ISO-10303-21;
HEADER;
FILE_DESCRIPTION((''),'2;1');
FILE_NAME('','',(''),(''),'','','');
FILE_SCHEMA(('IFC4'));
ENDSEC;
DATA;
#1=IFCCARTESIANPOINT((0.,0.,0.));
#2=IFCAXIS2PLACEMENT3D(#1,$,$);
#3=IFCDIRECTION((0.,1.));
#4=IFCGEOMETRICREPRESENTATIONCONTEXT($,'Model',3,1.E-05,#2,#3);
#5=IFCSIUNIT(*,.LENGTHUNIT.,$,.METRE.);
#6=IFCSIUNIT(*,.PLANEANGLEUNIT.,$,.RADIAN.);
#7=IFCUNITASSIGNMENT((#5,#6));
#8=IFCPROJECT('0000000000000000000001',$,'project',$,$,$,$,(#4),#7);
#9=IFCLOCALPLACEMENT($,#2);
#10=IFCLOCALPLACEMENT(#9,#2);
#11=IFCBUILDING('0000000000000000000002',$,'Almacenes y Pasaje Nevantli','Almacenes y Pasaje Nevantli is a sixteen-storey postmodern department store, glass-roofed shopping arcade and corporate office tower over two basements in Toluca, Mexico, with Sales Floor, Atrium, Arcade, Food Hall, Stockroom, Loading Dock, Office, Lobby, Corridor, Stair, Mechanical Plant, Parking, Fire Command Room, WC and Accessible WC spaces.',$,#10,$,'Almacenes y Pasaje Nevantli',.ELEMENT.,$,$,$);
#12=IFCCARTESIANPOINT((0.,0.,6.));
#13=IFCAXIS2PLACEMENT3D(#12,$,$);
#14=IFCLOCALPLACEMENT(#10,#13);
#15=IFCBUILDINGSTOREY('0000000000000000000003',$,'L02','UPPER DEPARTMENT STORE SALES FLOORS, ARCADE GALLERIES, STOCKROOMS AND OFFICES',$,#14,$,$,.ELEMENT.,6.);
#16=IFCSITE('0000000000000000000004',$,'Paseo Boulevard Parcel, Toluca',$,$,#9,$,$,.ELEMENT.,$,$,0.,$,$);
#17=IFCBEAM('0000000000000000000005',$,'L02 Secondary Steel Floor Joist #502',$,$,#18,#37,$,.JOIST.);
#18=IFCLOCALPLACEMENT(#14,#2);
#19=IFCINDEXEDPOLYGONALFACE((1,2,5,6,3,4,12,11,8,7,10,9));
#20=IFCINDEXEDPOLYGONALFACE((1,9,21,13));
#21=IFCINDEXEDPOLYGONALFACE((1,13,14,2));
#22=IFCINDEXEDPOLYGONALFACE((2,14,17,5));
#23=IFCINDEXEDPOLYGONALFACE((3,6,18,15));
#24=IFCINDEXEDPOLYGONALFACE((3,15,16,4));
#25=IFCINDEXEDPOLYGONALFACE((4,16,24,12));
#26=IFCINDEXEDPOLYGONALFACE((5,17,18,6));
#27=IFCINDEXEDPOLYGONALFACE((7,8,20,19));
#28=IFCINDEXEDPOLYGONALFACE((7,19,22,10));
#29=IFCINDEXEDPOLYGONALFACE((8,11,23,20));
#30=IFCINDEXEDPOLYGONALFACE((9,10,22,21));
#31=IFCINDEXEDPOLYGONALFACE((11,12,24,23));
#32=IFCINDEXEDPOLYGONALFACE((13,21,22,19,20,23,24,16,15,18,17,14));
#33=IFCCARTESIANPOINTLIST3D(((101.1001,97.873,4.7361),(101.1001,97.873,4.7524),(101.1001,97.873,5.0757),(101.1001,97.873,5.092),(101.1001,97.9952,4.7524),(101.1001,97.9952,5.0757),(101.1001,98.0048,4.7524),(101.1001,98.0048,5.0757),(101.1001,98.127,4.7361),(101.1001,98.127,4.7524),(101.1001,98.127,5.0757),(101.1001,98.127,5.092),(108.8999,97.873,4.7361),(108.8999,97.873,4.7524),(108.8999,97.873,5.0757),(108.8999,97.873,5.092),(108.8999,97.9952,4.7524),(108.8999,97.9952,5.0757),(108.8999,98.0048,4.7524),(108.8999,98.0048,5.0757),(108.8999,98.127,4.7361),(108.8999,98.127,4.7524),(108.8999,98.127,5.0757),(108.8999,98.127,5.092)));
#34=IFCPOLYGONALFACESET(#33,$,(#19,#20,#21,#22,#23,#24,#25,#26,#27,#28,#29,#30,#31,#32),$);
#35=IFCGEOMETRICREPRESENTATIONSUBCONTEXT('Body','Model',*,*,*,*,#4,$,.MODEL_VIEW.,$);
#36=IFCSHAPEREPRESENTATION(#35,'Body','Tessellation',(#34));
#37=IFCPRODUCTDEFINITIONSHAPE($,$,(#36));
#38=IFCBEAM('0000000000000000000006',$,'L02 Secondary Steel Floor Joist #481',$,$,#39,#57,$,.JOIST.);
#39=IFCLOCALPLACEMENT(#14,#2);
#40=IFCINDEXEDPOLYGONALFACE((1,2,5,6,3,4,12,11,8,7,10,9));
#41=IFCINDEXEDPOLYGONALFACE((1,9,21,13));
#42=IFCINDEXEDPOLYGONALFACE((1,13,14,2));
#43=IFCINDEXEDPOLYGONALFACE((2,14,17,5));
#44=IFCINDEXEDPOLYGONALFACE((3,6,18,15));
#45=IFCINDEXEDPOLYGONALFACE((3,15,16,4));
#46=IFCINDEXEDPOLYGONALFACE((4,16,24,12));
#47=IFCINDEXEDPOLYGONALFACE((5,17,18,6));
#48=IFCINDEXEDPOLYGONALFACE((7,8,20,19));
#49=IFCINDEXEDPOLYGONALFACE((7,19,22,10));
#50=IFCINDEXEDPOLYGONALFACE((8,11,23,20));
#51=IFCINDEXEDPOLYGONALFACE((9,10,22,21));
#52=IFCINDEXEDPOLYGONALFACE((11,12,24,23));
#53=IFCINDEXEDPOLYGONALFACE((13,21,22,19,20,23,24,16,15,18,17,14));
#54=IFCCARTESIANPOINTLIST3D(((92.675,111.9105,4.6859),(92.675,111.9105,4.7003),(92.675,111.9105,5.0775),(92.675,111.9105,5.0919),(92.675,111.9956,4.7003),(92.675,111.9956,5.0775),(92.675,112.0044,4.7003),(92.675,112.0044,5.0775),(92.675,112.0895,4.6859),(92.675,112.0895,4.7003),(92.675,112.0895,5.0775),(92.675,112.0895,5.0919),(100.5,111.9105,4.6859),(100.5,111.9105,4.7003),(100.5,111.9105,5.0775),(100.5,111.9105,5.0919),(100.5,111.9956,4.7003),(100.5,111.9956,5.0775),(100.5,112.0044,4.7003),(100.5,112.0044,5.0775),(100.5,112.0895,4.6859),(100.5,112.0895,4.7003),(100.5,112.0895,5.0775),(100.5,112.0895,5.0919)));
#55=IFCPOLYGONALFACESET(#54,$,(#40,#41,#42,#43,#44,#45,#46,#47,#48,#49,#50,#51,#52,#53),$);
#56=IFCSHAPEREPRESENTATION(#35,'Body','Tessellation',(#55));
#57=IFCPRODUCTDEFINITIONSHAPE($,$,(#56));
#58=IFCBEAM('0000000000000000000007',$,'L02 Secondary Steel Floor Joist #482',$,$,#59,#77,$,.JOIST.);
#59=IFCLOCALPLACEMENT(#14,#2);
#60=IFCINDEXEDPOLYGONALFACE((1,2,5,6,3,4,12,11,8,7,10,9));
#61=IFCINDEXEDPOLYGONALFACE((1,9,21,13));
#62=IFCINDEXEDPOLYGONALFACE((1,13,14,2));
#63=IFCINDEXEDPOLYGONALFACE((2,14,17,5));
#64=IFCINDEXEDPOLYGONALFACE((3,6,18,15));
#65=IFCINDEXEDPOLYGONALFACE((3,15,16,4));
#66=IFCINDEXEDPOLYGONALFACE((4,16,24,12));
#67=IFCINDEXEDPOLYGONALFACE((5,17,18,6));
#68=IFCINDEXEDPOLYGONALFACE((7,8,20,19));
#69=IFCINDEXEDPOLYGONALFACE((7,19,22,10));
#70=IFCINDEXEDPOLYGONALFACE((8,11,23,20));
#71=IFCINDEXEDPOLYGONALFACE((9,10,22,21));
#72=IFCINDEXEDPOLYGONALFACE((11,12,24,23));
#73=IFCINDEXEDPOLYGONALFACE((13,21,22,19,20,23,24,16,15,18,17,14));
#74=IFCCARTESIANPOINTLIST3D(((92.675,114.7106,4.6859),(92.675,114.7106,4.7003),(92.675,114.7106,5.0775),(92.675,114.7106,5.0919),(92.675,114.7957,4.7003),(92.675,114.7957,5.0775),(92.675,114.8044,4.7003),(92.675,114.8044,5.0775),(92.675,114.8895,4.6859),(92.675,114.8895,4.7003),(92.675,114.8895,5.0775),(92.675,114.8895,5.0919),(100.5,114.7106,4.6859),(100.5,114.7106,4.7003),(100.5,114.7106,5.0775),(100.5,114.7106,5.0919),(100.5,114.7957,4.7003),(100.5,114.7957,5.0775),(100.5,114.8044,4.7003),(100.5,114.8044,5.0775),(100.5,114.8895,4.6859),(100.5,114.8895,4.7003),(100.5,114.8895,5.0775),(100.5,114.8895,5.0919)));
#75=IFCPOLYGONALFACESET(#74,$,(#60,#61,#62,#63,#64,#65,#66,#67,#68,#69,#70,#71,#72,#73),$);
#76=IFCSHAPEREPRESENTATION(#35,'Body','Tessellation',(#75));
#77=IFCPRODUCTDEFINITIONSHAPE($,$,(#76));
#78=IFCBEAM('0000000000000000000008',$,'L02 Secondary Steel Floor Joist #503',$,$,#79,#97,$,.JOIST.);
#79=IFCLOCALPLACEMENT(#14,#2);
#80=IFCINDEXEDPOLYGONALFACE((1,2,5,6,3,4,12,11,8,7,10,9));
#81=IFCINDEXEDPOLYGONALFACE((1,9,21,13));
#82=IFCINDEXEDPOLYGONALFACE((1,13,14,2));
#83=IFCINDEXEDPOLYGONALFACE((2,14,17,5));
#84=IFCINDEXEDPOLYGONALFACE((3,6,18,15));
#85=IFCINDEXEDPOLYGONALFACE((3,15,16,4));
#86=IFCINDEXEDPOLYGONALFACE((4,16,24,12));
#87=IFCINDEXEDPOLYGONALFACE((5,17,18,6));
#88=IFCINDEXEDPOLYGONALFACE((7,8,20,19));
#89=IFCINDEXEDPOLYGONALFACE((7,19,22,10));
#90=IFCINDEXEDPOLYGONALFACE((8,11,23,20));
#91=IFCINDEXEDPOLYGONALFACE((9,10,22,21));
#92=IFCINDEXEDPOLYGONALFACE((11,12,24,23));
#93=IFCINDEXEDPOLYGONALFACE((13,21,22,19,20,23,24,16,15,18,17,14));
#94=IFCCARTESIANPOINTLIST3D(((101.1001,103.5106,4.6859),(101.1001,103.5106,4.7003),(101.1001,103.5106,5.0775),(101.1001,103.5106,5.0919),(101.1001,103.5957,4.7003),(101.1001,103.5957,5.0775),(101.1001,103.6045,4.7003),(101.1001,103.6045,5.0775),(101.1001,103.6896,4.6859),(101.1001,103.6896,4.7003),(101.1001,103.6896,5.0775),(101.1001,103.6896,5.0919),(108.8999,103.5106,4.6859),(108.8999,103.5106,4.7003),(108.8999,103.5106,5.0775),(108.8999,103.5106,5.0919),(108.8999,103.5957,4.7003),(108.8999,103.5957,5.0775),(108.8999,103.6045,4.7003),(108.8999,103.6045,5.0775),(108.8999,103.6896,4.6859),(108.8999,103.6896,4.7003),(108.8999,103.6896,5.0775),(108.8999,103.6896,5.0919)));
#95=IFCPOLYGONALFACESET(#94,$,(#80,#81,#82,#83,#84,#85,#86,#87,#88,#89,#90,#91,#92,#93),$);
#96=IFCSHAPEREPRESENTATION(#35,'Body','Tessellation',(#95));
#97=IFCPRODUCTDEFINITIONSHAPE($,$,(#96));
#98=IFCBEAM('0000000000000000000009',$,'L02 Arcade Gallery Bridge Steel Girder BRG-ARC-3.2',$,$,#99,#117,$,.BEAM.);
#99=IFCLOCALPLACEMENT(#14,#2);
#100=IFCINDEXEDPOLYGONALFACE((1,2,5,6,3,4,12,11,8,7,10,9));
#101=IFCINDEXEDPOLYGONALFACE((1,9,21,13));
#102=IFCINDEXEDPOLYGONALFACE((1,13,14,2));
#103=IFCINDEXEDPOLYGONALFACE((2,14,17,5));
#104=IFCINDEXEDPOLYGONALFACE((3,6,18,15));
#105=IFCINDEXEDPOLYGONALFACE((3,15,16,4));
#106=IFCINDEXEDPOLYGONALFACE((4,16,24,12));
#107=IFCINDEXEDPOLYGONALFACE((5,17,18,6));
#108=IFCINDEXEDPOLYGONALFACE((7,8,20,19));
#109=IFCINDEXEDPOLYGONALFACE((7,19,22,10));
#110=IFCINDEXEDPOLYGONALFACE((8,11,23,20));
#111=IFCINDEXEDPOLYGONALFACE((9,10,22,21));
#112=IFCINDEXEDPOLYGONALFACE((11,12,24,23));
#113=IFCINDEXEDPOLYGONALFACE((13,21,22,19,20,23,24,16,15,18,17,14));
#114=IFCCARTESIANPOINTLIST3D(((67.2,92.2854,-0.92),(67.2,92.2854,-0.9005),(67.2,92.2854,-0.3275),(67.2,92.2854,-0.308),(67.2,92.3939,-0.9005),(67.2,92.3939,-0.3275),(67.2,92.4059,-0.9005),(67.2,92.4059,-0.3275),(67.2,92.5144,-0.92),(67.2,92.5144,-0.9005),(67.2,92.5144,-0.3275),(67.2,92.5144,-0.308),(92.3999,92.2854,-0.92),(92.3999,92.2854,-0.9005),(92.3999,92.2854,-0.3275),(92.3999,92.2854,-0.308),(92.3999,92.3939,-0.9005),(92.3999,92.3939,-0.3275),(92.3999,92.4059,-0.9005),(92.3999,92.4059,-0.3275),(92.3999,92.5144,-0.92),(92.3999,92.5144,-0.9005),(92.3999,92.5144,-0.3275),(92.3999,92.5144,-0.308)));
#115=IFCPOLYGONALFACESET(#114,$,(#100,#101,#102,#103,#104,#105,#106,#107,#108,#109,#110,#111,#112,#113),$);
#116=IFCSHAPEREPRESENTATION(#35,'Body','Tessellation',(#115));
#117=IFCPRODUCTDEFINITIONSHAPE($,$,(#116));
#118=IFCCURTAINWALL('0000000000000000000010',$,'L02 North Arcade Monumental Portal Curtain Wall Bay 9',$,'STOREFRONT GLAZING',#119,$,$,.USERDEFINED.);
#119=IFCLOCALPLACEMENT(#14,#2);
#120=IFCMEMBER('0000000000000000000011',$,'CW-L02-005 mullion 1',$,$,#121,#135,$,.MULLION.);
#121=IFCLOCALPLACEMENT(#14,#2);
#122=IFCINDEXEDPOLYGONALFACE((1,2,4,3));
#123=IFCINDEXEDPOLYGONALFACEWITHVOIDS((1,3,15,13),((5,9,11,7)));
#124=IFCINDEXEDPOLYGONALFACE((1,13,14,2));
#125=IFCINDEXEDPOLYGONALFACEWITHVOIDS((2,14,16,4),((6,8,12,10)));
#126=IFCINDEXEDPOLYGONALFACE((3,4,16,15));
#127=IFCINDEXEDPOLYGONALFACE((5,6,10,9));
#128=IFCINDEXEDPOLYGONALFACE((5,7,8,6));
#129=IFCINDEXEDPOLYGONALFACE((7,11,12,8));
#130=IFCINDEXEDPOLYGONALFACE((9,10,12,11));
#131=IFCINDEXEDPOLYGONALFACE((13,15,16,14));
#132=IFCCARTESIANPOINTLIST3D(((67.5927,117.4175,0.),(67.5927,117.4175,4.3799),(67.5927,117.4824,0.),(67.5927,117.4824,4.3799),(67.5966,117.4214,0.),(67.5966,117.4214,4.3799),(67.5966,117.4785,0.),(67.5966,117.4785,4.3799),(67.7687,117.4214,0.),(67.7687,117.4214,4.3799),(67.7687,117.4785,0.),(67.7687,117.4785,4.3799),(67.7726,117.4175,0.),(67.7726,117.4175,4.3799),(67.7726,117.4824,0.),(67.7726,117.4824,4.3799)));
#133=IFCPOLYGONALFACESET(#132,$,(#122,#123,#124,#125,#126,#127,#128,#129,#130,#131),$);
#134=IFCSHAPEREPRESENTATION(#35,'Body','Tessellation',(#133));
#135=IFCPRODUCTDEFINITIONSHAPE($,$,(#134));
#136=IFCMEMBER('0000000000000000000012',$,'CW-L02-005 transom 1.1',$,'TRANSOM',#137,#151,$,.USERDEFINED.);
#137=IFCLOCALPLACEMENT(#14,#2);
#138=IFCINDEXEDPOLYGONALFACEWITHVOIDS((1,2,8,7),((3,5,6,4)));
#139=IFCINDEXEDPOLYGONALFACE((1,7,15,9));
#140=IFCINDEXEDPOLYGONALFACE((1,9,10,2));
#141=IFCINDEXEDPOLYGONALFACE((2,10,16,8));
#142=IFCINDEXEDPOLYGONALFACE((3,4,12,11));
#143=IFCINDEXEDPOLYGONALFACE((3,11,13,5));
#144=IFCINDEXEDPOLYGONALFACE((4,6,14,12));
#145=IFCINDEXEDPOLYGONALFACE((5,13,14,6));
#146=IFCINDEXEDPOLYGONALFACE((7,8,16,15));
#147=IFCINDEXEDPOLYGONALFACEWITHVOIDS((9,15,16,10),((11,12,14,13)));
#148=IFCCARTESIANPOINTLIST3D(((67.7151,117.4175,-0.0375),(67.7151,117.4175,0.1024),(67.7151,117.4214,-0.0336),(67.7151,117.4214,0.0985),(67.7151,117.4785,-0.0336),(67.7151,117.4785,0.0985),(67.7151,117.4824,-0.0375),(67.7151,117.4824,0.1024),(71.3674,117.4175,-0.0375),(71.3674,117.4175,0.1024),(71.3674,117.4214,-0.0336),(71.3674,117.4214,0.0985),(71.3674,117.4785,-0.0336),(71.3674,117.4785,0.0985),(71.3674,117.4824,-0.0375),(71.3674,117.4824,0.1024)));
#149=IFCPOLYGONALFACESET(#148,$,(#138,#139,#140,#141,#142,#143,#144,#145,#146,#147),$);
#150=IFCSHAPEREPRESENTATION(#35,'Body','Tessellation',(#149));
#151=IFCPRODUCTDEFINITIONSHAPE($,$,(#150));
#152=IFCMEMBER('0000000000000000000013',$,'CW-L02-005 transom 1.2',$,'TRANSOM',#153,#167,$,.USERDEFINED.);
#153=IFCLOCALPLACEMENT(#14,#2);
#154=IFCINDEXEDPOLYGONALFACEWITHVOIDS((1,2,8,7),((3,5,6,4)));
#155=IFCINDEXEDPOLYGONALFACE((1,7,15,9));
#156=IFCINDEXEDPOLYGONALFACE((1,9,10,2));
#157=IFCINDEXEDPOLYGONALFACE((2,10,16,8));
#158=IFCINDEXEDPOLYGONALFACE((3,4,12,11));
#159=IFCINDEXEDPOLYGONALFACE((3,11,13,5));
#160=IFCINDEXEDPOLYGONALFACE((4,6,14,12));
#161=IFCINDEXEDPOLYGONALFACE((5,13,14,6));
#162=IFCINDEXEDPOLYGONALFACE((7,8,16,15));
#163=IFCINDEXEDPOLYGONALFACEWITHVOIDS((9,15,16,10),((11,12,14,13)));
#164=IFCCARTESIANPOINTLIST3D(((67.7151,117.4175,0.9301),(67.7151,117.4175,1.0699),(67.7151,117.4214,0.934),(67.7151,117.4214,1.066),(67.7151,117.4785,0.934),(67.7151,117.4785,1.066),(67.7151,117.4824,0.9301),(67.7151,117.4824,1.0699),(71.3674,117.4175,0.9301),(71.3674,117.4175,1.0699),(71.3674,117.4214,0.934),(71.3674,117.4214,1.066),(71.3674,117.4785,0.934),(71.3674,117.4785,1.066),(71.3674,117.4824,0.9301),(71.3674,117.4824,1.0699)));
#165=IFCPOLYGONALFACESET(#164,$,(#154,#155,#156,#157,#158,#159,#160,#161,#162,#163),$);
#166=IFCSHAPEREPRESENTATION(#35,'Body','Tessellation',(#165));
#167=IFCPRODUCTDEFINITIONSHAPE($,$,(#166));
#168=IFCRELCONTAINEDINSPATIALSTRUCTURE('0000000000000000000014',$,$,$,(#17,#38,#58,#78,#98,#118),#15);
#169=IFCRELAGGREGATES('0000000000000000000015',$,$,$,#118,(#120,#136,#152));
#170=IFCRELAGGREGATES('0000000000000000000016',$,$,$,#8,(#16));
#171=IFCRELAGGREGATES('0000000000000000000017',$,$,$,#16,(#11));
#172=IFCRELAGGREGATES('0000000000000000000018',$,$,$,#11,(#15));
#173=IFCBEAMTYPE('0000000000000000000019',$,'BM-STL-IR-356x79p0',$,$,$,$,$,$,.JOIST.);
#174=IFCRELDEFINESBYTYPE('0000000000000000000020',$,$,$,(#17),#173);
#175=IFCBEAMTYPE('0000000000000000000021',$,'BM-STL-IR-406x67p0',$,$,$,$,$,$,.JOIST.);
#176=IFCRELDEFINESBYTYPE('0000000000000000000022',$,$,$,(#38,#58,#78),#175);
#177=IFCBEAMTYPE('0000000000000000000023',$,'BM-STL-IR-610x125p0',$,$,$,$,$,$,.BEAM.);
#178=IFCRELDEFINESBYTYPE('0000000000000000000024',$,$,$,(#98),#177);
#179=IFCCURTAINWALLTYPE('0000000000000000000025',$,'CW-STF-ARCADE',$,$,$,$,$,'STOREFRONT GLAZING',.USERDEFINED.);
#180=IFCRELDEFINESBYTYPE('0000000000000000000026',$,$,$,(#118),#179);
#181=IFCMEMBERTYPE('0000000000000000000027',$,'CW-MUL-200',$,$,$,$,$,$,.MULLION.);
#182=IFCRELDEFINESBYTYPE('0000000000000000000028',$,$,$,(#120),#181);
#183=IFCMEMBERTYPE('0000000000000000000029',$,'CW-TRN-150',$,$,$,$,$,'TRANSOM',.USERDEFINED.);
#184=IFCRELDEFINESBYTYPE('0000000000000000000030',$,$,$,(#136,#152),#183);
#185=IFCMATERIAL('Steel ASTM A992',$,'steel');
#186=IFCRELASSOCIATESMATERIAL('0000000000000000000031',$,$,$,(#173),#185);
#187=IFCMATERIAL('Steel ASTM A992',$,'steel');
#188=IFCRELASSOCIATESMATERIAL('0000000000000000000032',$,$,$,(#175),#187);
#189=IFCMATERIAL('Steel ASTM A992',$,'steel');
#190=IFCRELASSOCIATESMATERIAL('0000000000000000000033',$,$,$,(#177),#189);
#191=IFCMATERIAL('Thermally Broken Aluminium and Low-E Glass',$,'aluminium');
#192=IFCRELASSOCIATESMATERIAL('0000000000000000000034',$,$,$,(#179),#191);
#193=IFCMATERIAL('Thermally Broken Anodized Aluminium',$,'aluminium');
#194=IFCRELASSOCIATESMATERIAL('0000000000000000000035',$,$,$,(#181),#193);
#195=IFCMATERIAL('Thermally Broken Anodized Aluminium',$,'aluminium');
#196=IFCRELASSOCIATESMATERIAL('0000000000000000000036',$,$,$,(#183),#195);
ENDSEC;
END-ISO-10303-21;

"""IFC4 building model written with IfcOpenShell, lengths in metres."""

from ifc_helpers import new_model, si_unit, direction, frame, origin, origin_2d, place, context, subcontext, project, spatial, hollow_rectangle, i_section, extrude, material, material_profile, profile_set, type_object, element, aggregate, save


model = new_model("IFC4")

# Units and contexts
model_context = context("Model", 3, precision=1e-05, world=origin(), true_north=direction((0.0, 1.0)))
body_context = subcontext(model_context, "Body", "Model", "MODEL_VIEW")
ifc_project = project(units=[si_unit("LENGTHUNIT", "METRE"), si_unit("PLANEANGLEUNIT", "RADIAN")], contexts=[model_context])

# Site, building, storey
site_placement = place(None, origin())
site = spatial("IfcSite", under=ifc_project, at=site_placement, Name="Paseo Boulevard Parcel, Toluca", CompositionType="ELEMENT", RefElevation=0.0)
building_placement = place(site_placement, origin())
building = spatial("IfcBuilding", under=site, at=building_placement, Name="Almacenes y Pasaje Nevantli", Description="Almacenes y Pasaje Nevantli is a sixteen-storey postmodern department store, glass-roofed shopping arcade and corporate office tower over two basements in Toluca, Mexico, with Sales Floor, Atrium, Arcade, Food Hall, Stockroom, Loading Dock, Office, Lobby, Corridor, Stair, Mechanical Plant, Parking, Fire Command Room, WC and Accessible WC spaces.", LongName="Almacenes y Pasaje Nevantli", CompositionType="ELEMENT")
storey_placement = place(building_placement, frame((0.0, 0.0, 6.0)))
storey = spatial("IfcBuildingStorey", under=building, at=storey_placement, Name="L02", Description="UPPER DEPARTMENT STORE SALES FLOORS, ARCADE GALLERIES, STOCKROOMS AND OFFICES", CompositionType="ELEMENT", Elevation=6.0)

# Beams
ifc_material_1 = material(Name="Steel ASTM A992", Category="steel")
ifc_material_profile_1 = material_profile(ifc_material_1, i_section(OverallWidth=0.2539, OverallDepth=0.356, WebThickness=0.0095, FlangeThickness=0.0164, at=origin_2d()), Name="IR 356x79.0")
ifc_profile_set_1 = profile_set([ifc_material_profile_1], Name="Steel ASTM A992")
beam_type_1 = type_object("IfcBeamType", Name="BM-STL-IR-356x79p0", PredefinedType="JOIST", material=ifc_profile_set_1)
for number, where, z_axis, x_axis, name in (
    (1, (101.1001, 98.0, 4.9141), (1.0, 0.0, 0.0), (0.0, 1.0, 0.0), "L02 Secondary Steel Floor Joist #502"),
):
    element("IfcBeam", number, at=place(storey_placement, frame(where, z_axis=z_axis, x_axis=x_axis)), inside=storey, type_object=beam_type_1, Name=name, PredefinedType="JOIST", context=body_context, shape_type="SweptSolid", body=[
        extrude(i_section(OverallWidth=0.2539, OverallDepth=0.356, WebThickness=0.0095, FlangeThickness=0.0164, at=origin_2d()), origin(), (0.0, 0.0, 1.0), 7.7998),
    ])
ifc_material_2 = material(Name="Steel ASTM A992", Category="steel")
ifc_material_profile_2 = material_profile(ifc_material_2, i_section(OverallWidth=0.179, OverallDepth=0.406, WebThickness=0.0088, FlangeThickness=0.0144, at=origin_2d()), Name="IR 406x67.0")
ifc_profile_set_2 = profile_set([ifc_material_profile_2], Name="Steel ASTM A992")
beam_type_2 = type_object("IfcBeamType", Name="BM-STL-IR-406x67p0", PredefinedType="JOIST", material=ifc_profile_set_2)
for number, where, z_axis, x_axis, name in (
    (2, (92.675, 112.0, 4.8889), (1.0, 0.0, 0.0), (0.0, 1.0, 0.0), "L02 Secondary Steel Floor Joist #481"),
    (3, (92.675, 114.8, 4.8889), (1.0, 0.0, 0.0), (0.0, 1.0, 0.0), "L02 Secondary Steel Floor Joist #482"),
):
    element("IfcBeam", number, at=place(storey_placement, frame(where, z_axis=z_axis, x_axis=x_axis)), inside=storey, type_object=beam_type_2, Name=name, PredefinedType="JOIST", context=body_context, shape_type="SweptSolid", body=[
        extrude(i_section(OverallWidth=0.179, OverallDepth=0.406, WebThickness=0.0088, FlangeThickness=0.0144, at=origin_2d()), origin(), (0.0, 0.0, 1.0), 7.825),
    ])
beam_1_placement = place(storey_placement, frame((101.1001, 103.6001, 4.8889), z_axis=(1.0, 0.0, 0.0), x_axis=(0.0, 1.0, 0.0)))
element("IfcBeam", 4, at=beam_1_placement, inside=storey, type_object=beam_type_2, Name="L02 Secondary Steel Floor Joist #503", PredefinedType="JOIST", context=body_context, shape_type="SweptSolid", body=[
    extrude(i_section(OverallWidth=0.179, OverallDepth=0.406, WebThickness=0.0088, FlangeThickness=0.0144, at=origin_2d()), origin(), (0.0, 0.0, 1.0), 7.7998),
])
ifc_material_3 = material(Name="Steel ASTM A992", Category="steel")
ifc_material_profile_3 = material_profile(ifc_material_3, i_section(OverallWidth=0.229, OverallDepth=0.6121, WebThickness=0.012, FlangeThickness=0.0195, at=origin_2d()), Name="IR 610x125.0")
ifc_profile_set_3 = profile_set([ifc_material_profile_3], Name="Steel ASTM A992")
beam_type_3 = type_object("IfcBeamType", Name="BM-STL-IR-610x125p0", PredefinedType="BEAM", material=ifc_profile_set_3)
beam_2_placement = place(storey_placement, frame((67.2, 92.3999, -0.614), z_axis=(1.0, 0.0, 0.0), x_axis=(0.0, 1.0, 0.0)))
element("IfcBeam", 5, at=beam_2_placement, inside=storey, type_object=beam_type_3, Name="L02 Arcade Gallery Bridge Steel Girder BRG-ARC-3.2", PredefinedType="BEAM", context=body_context, shape_type="SweptSolid", body=[
    extrude(i_section(OverallWidth=0.229, OverallDepth=0.6121, WebThickness=0.012, FlangeThickness=0.0195, at=origin_2d()), origin(), (0.0, 0.0, 1.0), 25.2),
])

# Curtain wall, members
ifc_material_4 = material(Name="Thermally Broken Aluminium and Low-E Glass", Category="aluminium")
curtain_wall_type = type_object("IfcCurtainWallType", Name="CW-STF-ARCADE", ElementType="STOREFRONT GLAZING", PredefinedType="USERDEFINED", material=ifc_material_4)
curtain_wall_placement = place(storey_placement, origin())
curtain_wall = element("IfcCurtainWall", 6, at=curtain_wall_placement, inside=storey, type_object=curtain_wall_type, Name="L02 North Arcade Monumental Portal Curtain Wall Bay 9", ObjectType="STOREFRONT GLAZING", PredefinedType="USERDEFINED")
ifc_material_5 = material(Name="Thermally Broken Anodized Aluminium", Category="aluminium")
ifc_material_profile_4 = material_profile(ifc_material_5, hollow_rectangle(XDim=0.0649, YDim=0.1799, WallThickness=0.0039, at=origin_2d()), Name="ALU-MUL-65x180")
ifc_profile_set_4 = profile_set([ifc_material_profile_4], Name="Thermally Broken Anodized Aluminium")
member_type_1 = type_object("IfcMemberType", Name="CW-MUL-200", PredefinedType="MULLION", material=ifc_profile_set_4)
member_1_placement = place(storey_placement, frame((67.6826, 117.45, 0.0), z_axis=(0.0, 0.0, 1.0), x_axis=(0.0, 1.0, 0.0)))
member_1 = element("IfcMember", 7, at=member_1_placement, type_object=member_type_1, Name="CW-L02-005 mullion 1", PredefinedType="MULLION", context=body_context, shape_type="SweptSolid", body=[
    extrude(hollow_rectangle(XDim=0.0649, YDim=0.1799, WallThickness=0.0039, at=origin_2d()), origin(), (0.0, 0.0, 1.0), 4.3799),
])
ifc_material_6 = material(Name="Thermally Broken Anodized Aluminium", Category="aluminium")
ifc_material_profile_5 = material_profile(ifc_material_6, hollow_rectangle(XDim=0.0649, YDim=0.1399, WallThickness=0.0039, at=origin_2d()), Name="ALU-TRN-65x140")
ifc_profile_set_5 = profile_set([ifc_material_profile_5], Name="Thermally Broken Anodized Aluminium")
member_type_2 = type_object("IfcMemberType", Name="CW-TRN-150", ElementType="TRANSOM", PredefinedType="USERDEFINED", material=ifc_profile_set_5)
member_2_placement = place(storey_placement, frame((67.7151, 117.45, 0.0325), z_axis=(1.0, 0.0, 0.0), x_axis=(0.0, 1.0, 0.0)))
member_2 = element("IfcMember", 8, at=member_2_placement, type_object=member_type_2, Name="CW-L02-005 transom 1.1", ObjectType="TRANSOM", PredefinedType="USERDEFINED", context=body_context, shape_type="SweptSolid", body=[
    extrude(hollow_rectangle(XDim=0.0649, YDim=0.1399, WallThickness=0.0039, at=origin_2d()), origin(), (0.0, 0.0, 1.0), 3.6523),
])
member_3_placement = place(storey_placement, frame((67.7151, 117.45, 1.0), z_axis=(1.0, 0.0, 0.0), x_axis=(0.0, 1.0, 0.0)))
member_3 = element("IfcMember", 9, at=member_3_placement, type_object=member_type_2, Name="CW-L02-005 transom 1.2", ObjectType="TRANSOM", PredefinedType="USERDEFINED", context=body_context, shape_type="SweptSolid", body=[
    extrude(hollow_rectangle(XDim=0.0649, YDim=0.1399, WallThickness=0.0039, at=origin_2d()), origin(), (0.0, 0.0, 1.0), 3.6523),
])
aggregate(curtain_wall, [member_1, member_2, member_3])

save(model, "model.ifc")
